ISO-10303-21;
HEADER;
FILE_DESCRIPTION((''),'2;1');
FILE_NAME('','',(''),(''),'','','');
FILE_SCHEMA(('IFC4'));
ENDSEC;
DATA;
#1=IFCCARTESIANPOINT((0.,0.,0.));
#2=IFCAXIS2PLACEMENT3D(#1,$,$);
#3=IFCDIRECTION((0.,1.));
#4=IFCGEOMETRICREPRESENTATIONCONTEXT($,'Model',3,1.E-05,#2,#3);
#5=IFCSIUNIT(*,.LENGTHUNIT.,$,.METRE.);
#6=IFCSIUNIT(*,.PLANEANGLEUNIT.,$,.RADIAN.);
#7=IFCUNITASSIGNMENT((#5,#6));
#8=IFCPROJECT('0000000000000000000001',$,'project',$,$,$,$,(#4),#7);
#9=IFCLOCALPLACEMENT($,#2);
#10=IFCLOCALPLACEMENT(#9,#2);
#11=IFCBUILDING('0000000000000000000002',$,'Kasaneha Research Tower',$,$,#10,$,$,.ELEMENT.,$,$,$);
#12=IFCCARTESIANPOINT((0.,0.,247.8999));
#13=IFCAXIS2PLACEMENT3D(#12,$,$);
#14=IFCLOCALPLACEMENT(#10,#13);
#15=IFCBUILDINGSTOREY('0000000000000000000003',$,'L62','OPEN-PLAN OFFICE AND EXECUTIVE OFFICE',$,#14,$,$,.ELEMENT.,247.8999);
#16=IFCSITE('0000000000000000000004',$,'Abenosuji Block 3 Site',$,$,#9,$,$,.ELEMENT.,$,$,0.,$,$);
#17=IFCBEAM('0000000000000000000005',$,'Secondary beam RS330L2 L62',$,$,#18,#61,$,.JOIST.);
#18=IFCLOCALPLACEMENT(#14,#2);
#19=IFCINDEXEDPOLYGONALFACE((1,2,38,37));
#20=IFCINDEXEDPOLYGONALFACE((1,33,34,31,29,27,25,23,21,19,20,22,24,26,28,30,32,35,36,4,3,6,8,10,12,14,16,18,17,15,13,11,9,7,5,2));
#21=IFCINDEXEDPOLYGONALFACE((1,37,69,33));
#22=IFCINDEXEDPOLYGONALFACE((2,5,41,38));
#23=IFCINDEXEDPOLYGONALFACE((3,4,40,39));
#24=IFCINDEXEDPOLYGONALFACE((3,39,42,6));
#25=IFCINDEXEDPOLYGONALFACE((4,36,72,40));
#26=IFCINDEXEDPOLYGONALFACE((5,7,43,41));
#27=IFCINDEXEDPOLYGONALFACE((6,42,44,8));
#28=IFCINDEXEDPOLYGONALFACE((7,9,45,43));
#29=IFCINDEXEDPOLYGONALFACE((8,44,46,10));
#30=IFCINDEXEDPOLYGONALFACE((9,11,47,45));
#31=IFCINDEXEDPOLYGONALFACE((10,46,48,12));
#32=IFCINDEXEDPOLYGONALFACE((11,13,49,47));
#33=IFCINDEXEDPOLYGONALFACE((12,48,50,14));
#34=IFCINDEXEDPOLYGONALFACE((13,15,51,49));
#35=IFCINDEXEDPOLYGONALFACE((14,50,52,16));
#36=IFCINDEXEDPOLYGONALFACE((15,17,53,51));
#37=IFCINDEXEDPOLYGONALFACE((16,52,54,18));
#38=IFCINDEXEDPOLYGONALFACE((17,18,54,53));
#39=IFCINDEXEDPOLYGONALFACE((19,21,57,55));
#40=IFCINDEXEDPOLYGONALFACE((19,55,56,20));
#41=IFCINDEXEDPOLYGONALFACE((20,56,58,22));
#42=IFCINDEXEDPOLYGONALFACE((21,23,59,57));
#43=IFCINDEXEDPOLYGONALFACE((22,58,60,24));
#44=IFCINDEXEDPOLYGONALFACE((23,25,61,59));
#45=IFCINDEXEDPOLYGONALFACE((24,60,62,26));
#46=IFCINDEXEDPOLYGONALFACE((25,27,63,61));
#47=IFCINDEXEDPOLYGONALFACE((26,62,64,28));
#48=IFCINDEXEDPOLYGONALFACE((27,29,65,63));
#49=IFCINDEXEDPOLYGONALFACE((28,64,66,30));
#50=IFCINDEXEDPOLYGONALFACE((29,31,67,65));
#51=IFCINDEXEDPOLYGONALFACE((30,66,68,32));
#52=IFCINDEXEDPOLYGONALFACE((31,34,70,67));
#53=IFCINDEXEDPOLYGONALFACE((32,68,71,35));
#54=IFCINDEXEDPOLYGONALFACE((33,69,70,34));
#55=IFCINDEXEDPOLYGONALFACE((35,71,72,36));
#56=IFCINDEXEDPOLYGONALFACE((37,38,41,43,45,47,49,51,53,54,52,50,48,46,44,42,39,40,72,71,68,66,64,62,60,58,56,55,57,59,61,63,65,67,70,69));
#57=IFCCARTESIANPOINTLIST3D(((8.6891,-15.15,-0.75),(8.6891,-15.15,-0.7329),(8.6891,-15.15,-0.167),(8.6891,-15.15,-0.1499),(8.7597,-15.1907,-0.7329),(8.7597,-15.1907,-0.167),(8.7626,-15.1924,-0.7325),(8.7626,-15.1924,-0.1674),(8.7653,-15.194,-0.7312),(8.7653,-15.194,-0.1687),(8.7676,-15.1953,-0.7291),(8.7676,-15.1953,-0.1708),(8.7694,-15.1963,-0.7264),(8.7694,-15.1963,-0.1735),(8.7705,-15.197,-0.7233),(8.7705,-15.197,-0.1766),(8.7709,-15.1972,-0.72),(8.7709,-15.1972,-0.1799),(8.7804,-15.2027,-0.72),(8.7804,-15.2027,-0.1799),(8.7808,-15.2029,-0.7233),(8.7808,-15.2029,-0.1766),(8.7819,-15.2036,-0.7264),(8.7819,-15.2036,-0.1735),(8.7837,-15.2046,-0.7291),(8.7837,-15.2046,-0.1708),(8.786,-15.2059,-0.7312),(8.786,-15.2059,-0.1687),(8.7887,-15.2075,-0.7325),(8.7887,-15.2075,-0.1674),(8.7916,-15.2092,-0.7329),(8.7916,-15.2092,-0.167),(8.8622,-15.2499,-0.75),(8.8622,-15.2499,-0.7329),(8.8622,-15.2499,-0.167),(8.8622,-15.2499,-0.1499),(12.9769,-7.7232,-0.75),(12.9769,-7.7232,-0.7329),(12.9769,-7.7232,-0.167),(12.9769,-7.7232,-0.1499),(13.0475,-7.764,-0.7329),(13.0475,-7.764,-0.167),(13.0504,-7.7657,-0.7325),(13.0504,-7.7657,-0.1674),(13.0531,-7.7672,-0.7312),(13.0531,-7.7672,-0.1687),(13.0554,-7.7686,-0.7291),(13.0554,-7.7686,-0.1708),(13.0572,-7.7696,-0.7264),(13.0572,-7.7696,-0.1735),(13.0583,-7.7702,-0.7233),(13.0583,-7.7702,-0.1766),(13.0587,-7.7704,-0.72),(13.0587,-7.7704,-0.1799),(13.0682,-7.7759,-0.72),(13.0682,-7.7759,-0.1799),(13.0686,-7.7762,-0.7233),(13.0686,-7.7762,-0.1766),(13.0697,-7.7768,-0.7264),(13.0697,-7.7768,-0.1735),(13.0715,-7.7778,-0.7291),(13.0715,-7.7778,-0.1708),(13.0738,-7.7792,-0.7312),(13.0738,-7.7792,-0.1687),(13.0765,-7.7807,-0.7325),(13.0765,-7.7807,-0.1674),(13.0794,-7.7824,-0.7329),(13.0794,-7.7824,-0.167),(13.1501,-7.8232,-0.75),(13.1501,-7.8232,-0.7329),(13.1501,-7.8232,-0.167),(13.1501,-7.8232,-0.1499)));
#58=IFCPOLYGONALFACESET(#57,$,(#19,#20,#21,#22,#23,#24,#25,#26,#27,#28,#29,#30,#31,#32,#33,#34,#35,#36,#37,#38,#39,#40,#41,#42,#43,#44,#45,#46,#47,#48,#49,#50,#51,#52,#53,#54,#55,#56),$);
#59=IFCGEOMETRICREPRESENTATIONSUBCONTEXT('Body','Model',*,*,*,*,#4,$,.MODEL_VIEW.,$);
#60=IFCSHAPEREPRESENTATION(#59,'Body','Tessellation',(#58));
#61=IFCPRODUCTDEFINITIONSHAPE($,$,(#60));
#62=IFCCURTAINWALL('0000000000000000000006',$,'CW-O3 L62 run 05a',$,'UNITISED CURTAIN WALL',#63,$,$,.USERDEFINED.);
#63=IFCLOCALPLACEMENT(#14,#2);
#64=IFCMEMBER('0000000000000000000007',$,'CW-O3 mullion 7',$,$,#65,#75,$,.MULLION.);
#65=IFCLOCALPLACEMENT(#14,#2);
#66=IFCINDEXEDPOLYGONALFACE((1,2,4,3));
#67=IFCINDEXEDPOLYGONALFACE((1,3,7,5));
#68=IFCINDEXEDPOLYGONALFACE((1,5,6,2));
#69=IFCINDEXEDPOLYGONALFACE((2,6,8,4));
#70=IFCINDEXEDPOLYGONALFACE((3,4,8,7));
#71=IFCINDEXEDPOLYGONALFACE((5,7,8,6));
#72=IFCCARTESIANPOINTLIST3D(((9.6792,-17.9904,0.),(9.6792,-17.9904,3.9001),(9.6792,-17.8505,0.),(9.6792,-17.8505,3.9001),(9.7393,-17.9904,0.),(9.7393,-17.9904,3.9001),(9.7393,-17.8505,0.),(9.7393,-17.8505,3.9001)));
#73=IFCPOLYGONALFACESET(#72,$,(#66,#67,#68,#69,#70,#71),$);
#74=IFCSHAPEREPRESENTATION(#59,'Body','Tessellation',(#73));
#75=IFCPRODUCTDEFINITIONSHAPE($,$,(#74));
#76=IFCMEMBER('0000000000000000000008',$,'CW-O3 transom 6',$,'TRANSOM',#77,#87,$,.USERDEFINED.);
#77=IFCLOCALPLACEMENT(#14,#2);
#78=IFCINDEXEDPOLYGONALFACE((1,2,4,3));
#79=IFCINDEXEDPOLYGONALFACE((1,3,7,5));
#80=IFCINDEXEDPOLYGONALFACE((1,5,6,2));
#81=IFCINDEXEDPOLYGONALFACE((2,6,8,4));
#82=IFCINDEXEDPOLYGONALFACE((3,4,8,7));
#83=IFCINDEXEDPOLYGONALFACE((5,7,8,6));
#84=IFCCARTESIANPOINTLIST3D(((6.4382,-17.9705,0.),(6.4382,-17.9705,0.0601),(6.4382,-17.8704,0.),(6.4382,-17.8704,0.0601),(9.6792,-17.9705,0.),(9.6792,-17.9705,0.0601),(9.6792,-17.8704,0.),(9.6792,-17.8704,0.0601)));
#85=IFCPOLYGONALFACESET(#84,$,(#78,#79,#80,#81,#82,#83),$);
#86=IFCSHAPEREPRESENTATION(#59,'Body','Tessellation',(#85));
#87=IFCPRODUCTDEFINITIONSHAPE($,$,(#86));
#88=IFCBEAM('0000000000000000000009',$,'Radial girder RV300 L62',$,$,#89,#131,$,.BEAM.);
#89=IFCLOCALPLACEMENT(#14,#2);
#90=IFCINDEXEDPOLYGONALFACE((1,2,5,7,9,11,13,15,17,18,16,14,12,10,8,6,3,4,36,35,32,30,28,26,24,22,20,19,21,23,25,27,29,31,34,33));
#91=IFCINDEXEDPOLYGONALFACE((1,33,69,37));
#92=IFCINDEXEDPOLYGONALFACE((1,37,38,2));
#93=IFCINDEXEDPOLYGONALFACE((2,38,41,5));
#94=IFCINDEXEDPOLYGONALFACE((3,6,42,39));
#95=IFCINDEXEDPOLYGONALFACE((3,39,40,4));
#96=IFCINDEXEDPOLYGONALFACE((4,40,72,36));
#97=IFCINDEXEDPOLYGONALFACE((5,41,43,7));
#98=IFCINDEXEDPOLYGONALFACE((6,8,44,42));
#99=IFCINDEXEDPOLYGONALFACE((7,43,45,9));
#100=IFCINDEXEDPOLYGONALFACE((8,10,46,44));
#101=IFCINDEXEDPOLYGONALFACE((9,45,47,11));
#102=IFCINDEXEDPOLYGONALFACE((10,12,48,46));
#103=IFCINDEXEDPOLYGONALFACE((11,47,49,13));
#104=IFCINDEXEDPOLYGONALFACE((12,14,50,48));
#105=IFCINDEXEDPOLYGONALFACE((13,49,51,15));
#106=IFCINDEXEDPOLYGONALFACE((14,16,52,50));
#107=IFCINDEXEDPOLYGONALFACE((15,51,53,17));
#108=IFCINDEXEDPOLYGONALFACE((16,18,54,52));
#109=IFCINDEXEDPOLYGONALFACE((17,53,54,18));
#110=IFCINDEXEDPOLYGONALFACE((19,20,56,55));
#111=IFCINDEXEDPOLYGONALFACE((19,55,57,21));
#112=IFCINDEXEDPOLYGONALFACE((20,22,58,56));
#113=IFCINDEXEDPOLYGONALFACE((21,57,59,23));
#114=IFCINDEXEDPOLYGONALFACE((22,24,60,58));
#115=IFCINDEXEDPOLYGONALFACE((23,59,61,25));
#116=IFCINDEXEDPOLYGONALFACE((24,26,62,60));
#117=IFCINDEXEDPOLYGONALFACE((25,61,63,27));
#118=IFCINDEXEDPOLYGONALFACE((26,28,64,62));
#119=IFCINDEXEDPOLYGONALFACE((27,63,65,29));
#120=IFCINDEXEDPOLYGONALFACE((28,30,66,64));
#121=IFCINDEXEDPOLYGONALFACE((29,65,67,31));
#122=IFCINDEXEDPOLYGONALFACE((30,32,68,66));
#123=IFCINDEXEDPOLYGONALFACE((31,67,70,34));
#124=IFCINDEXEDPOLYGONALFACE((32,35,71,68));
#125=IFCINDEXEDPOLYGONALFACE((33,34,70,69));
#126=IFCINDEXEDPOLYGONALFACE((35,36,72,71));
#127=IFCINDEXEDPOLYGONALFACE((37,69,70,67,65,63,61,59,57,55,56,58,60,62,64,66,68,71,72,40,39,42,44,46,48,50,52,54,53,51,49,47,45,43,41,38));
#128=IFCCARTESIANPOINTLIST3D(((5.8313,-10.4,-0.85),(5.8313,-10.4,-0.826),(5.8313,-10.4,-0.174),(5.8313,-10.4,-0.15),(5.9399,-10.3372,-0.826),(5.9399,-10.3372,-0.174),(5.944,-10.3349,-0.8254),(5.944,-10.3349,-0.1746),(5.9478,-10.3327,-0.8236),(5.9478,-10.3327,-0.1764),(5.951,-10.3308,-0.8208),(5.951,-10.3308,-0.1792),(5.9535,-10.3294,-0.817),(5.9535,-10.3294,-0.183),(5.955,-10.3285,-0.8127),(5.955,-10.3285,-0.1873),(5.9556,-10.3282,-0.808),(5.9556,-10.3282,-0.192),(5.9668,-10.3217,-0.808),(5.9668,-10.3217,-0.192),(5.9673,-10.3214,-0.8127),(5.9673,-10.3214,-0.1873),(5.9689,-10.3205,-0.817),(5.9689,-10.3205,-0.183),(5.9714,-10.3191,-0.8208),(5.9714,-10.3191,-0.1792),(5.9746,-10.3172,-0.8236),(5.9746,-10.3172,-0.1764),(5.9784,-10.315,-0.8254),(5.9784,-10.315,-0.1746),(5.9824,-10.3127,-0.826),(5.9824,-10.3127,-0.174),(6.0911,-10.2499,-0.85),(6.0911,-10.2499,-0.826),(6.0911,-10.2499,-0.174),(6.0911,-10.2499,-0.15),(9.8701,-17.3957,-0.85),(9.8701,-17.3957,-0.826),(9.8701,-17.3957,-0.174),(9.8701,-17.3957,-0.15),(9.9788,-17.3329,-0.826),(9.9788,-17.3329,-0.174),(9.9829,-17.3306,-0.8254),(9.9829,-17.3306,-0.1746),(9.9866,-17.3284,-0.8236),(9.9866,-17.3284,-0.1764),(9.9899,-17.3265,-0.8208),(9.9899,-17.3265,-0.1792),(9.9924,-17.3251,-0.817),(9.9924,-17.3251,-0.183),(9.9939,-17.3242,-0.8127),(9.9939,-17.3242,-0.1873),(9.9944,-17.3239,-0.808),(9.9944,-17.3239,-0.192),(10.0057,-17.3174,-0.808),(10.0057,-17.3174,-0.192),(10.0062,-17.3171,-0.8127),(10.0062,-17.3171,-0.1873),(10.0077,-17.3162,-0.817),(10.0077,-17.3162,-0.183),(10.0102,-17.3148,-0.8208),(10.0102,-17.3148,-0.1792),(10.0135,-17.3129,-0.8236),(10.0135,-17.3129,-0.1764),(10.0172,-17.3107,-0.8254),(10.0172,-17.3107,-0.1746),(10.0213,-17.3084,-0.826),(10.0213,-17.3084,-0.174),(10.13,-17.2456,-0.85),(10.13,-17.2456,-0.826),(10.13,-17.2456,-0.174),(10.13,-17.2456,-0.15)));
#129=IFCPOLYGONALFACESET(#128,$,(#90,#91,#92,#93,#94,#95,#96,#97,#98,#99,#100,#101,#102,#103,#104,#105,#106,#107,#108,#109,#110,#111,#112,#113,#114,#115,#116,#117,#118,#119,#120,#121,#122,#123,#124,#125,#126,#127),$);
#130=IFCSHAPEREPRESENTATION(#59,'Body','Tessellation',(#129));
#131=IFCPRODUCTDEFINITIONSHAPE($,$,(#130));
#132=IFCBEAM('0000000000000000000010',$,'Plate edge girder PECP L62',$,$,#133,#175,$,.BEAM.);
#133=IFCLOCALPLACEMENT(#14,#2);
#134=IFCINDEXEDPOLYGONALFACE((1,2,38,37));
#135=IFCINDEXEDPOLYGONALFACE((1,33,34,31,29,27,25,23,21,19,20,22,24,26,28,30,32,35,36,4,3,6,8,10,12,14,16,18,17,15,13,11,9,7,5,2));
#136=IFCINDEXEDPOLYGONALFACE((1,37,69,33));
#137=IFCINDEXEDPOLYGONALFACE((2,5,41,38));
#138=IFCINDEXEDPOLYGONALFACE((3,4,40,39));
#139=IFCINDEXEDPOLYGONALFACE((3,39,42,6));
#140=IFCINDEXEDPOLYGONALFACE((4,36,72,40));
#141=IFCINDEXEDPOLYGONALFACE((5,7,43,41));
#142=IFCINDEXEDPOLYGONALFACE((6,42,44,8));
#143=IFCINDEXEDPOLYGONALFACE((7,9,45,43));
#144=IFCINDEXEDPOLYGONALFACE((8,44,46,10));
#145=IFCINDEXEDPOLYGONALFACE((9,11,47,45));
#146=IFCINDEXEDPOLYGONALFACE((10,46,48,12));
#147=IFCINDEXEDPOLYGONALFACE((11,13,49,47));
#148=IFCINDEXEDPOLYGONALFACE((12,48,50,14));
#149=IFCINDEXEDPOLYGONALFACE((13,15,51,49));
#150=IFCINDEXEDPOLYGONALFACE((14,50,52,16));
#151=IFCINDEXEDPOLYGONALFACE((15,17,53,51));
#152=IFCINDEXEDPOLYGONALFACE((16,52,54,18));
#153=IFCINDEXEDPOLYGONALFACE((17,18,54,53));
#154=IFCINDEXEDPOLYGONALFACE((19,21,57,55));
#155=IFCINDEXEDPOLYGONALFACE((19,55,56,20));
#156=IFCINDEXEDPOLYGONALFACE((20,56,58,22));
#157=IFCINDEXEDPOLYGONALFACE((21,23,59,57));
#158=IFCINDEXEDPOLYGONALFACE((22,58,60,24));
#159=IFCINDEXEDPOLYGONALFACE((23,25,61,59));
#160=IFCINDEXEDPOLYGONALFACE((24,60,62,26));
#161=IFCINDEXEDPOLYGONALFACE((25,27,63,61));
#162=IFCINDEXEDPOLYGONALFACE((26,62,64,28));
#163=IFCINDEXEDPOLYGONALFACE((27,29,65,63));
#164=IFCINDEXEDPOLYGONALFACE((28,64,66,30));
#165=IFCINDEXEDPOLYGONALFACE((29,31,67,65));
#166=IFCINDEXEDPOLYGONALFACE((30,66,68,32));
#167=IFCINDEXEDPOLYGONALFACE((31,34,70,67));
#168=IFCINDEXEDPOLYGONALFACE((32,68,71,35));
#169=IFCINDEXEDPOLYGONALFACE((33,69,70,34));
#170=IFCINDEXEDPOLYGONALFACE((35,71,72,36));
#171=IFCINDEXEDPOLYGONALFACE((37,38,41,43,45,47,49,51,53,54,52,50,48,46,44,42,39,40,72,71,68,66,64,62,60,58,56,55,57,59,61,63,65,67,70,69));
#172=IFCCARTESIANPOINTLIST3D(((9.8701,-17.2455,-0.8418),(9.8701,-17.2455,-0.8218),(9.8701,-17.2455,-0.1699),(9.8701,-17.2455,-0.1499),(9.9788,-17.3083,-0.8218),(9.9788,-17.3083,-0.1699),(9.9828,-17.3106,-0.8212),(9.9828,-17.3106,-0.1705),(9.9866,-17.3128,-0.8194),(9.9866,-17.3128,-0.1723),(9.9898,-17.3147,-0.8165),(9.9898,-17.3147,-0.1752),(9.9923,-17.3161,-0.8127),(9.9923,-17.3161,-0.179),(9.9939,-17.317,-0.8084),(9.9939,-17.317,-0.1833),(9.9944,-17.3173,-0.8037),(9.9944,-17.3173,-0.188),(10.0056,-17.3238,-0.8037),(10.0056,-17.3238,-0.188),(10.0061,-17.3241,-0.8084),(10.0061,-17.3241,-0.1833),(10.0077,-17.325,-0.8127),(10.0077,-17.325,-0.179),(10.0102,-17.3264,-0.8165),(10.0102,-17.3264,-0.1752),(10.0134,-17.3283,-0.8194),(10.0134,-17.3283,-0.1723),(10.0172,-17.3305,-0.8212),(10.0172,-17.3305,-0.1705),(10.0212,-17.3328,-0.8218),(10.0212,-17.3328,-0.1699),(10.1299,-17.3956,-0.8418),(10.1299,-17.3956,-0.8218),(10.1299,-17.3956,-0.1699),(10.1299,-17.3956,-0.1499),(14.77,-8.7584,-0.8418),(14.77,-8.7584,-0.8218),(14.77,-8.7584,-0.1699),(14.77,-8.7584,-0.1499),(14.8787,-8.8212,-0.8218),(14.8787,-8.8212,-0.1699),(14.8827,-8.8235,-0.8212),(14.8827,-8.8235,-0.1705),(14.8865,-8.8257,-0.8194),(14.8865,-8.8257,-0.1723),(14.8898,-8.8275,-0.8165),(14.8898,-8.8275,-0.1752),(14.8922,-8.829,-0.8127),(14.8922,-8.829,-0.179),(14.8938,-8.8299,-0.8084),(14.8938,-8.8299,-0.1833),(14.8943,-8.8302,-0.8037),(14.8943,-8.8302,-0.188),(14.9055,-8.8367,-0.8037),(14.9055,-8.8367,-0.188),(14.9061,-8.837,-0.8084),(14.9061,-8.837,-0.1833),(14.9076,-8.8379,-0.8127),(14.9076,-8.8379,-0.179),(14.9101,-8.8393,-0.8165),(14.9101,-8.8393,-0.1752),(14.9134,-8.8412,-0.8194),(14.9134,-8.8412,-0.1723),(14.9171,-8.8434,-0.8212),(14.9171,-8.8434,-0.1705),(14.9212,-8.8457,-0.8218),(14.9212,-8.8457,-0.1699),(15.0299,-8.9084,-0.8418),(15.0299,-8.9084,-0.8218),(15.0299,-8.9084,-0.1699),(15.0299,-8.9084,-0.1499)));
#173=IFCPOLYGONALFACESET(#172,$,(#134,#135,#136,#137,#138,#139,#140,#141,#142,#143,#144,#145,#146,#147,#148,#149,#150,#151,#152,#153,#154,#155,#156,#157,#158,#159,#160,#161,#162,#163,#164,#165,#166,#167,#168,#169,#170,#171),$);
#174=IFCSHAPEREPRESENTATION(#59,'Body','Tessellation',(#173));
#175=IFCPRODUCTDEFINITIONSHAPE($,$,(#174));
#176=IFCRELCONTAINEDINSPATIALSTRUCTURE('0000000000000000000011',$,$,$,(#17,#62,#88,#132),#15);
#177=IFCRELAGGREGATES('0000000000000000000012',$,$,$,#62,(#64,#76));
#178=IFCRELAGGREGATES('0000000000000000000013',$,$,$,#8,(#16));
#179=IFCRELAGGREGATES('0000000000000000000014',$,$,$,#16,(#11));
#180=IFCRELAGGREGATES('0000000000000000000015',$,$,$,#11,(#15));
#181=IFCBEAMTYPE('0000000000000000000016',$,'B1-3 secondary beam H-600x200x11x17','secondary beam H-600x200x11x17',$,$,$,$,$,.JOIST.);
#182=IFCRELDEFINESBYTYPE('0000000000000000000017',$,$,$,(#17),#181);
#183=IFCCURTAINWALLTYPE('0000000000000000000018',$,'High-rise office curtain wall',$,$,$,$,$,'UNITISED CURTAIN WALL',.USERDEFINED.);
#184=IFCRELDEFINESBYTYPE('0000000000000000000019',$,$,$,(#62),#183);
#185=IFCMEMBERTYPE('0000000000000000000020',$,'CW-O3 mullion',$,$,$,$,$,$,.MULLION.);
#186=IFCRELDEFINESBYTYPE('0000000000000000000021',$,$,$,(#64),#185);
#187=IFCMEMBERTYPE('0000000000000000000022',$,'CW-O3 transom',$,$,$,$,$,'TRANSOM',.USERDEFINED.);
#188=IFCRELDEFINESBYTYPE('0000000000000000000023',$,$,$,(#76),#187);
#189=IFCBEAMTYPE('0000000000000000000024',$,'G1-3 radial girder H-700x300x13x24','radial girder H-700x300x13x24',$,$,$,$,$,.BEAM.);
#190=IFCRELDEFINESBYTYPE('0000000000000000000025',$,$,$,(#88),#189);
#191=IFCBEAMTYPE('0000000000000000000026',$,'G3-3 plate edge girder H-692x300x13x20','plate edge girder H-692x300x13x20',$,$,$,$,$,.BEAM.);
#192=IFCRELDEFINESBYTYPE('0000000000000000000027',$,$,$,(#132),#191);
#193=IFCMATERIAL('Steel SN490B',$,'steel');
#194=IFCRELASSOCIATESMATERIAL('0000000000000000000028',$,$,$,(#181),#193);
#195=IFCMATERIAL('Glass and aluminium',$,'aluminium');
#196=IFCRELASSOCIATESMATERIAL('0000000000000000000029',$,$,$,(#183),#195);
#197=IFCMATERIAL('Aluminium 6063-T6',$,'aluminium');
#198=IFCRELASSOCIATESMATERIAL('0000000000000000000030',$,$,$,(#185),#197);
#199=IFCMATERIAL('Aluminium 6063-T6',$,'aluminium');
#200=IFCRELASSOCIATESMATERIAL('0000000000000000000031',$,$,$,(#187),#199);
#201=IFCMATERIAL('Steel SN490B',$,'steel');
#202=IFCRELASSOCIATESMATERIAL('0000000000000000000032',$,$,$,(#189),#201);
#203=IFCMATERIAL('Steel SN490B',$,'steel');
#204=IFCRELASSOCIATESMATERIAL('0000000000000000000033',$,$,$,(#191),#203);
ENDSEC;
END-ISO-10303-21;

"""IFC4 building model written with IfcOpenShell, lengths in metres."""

from ifc_helpers import new_model, si_unit, direction, frame, origin, origin_2d, place, context, subcontext, project, spatial, rectangle, i_section, extrude, material, material_profile, profile_set, type_object, element, aggregate, save


model = new_model("IFC4")

# Units and contexts
model_context = context("Model", 3, precision=1e-05, world=origin(), true_north=direction((0.0, 1.0)))
body_context = subcontext(model_context, "Body", "Model", "MODEL_VIEW")
ifc_project = project(units=[si_unit("LENGTHUNIT", "METRE"), si_unit("PLANEANGLEUNIT", "RADIAN")], contexts=[model_context])

# Site, building, storey
site_placement = place(None, origin())
site = spatial("IfcSite", under=ifc_project, at=site_placement, Name="Abenosuji Block 3 Site", CompositionType="ELEMENT", RefElevation=0.0)
building_placement = place(site_placement, origin())
building = spatial("IfcBuilding", under=site, at=building_placement, Name="Kasaneha Research Tower", CompositionType="ELEMENT")
storey_placement = place(building_placement, frame((0.0, 0.0, 247.8999)))
storey = spatial("IfcBuildingStorey", under=building, at=storey_placement, Name="L62", Description="OPEN-PLAN OFFICE AND EXECUTIVE OFFICE", CompositionType="ELEMENT", Elevation=247.8999)

# Beam
ifc_material_1 = material(Name="Steel SN490B", Category="steel")
ifc_material_profile_1 = material_profile(ifc_material_1, i_section(OverallWidth=0.2, OverallDepth=0.6001, WebThickness=0.011, FlangeThickness=0.0171, FilletRadius=0.0129, at=origin_2d()), Name="H-600x200x11x17")
ifc_profile_set_1 = profile_set([ifc_material_profile_1], Name="Steel SN490B")
beam_type_1 = type_object("IfcBeamType", Name="B1-3 secondary beam H-600x200x11x17", Description="secondary beam H-600x200x11x17", PredefinedType="JOIST", material=ifc_profile_set_1)
beam_1_placement = place(storey_placement, frame((8.7756, -15.2, -0.45), z_axis=(0.5, 0.866025, 0.0), x_axis=(-0.866025, 0.5, 0.0)))
element("IfcBeam", 1, at=beam_1_placement, inside=storey, type_object=beam_type_1, Name="Secondary beam RS330L2 L62", PredefinedType="JOIST", context=body_context, shape_type="SweptSolid", body=[
    extrude(i_section(OverallWidth=0.2, OverallDepth=0.6001, WebThickness=0.011, FlangeThickness=0.0171, FilletRadius=0.0129, at=origin_2d()), origin(), (0.0, 0.0, 1.0), 8.5757),
])

# Curtain wall, members
ifc_material_2 = material(Name="Glass and aluminium", Category="aluminium")
curtain_wall_type = type_object("IfcCurtainWallType", Name="High-rise office curtain wall", ElementType="UNITISED CURTAIN WALL", PredefinedType="USERDEFINED", material=ifc_material_2)
curtain_wall_placement = place(storey_placement, origin())
curtain_wall = element("IfcCurtainWall", 2, at=curtain_wall_placement, inside=storey, type_object=curtain_wall_type, Name="CW-O3 L62 run 05a", ObjectType="UNITISED CURTAIN WALL", PredefinedType="USERDEFINED")
ifc_material_3 = material(Name="Aluminium 6063-T6", Category="aluminium")
ifc_material_profile_2 = material_profile(ifc_material_3, rectangle(XDim=0.0601, YDim=0.1399, at=origin_2d()), Name="CW-O3 mullion 60x140")
ifc_profile_set_2 = profile_set([ifc_material_profile_2], Name="Aluminium 6063-T6")
member_type_1 = type_object("IfcMemberType", Name="CW-O3 mullion", PredefinedType="MULLION", material=ifc_profile_set_2)
member_1_placement = place(storey_placement, frame((9.7092, -17.9204, 0.0), z_axis=(0.0, 0.0, 1.0), x_axis=(1.0, 0.0, 0.0)))
member_1 = element("IfcMember", 3, at=member_1_placement, type_object=member_type_1, Name="CW-O3 mullion 7", PredefinedType="MULLION", context=body_context, shape_type="SweptSolid", body=[
    extrude(rectangle(XDim=0.0601, YDim=0.1399, at=origin_2d()), origin(), (0.0, 0.0, 1.0), 3.9001),
])
ifc_material_4 = material(Name="Aluminium 6063-T6", Category="aluminium")
ifc_material_profile_3 = material_profile(ifc_material_4, rectangle(XDim=0.1001, YDim=0.0601, at=origin_2d()), Name="CW-O3 transom 100x60")
ifc_profile_set_3 = profile_set([ifc_material_profile_3], Name="Aluminium 6063-T6")
member_type_2 = type_object("IfcMemberType", Name="CW-O3 transom", ElementType="TRANSOM", PredefinedType="USERDEFINED", material=ifc_profile_set_3)
member_2_placement = place(storey_placement, frame((6.4382, -17.9204, 0.03), z_axis=(1.0, 0.0, 0.0), x_axis=(0.0, 1.0, 0.0)))
member_2 = element("IfcMember", 4, at=member_2_placement, type_object=member_type_2, Name="CW-O3 transom 6", ObjectType="TRANSOM", PredefinedType="USERDEFINED", context=body_context, shape_type="SweptSolid", body=[
    extrude(rectangle(XDim=0.1001, YDim=0.0601, at=origin_2d()), origin(), (0.0, 0.0, 1.0), 3.241),
])

# Beams
ifc_material_5 = material(Name="Steel SN490B", Category="steel")
ifc_material_profile_4 = material_profile(ifc_material_5, i_section(OverallWidth=0.3, OverallDepth=0.7, WebThickness=0.0129, FlangeThickness=0.0239, FilletRadius=0.0181, at=origin_2d()), Name="H-700x300x13x24")
ifc_profile_set_4 = profile_set([ifc_material_profile_4], Name="Steel SN490B")
beam_type_2 = type_object("IfcBeamType", Name="G1-3 radial girder H-700x300x13x24", Description="radial girder H-700x300x13x24", PredefinedType="BEAM", material=ifc_profile_set_4)
beam_2_placement = place(storey_placement, frame((5.9612, -10.325, -0.5), z_axis=(0.499991, -0.866031, 0.0), x_axis=(0.866031, 0.499991, 0.0)))
element("IfcBeam", 5, at=beam_2_placement, inside=storey, type_object=beam_type_2, Name="Radial girder RV300 L62", PredefinedType="BEAM", context=body_context, shape_type="SweptSolid", body=[
    extrude(i_section(OverallWidth=0.3, OverallDepth=0.7, WebThickness=0.0129, FlangeThickness=0.0239, FilletRadius=0.0181, at=origin_2d()), origin(), (0.0, 0.0, 1.0), 8.0779),
])
ifc_material_6 = material(Name="Steel SN490B", Category="steel")
ifc_material_profile_5 = material_profile(ifc_material_6, i_section(OverallWidth=0.3, OverallDepth=0.6919, WebThickness=0.0129, FlangeThickness=0.02, FilletRadius=0.0181, at=origin_2d()), Name="H-692x300x13x20")
ifc_profile_set_5 = profile_set([ifc_material_profile_5], Name="Steel SN490B")
beam_type_3 = type_object("IfcBeamType", Name="G3-3 plate edge girder H-692x300x13x20", Description="plate edge girder H-692x300x13x20", PredefinedType="BEAM", material=ifc_profile_set_5)
beam_3_placement = place(storey_placement, frame((10.0, -17.3206, -0.4958), z_axis=(0.499992, 0.86603, 0.0), x_axis=(-0.86603, 0.499992, 0.0)))
element("IfcBeam", 6, at=beam_3_placement, inside=storey, type_object=beam_type_3, Name="Plate edge girder PECP L62", PredefinedType="BEAM", context=body_context, shape_type="SweptSolid", body=[
    extrude(i_section(OverallWidth=0.3, OverallDepth=0.6919, WebThickness=0.0129, FlangeThickness=0.02, FilletRadius=0.0181, at=origin_2d()), origin(), (0.0, 0.0, 1.0), 9.8),
])

aggregate(curtain_wall, [member_1, member_2])

save(model, "model.ifc")
